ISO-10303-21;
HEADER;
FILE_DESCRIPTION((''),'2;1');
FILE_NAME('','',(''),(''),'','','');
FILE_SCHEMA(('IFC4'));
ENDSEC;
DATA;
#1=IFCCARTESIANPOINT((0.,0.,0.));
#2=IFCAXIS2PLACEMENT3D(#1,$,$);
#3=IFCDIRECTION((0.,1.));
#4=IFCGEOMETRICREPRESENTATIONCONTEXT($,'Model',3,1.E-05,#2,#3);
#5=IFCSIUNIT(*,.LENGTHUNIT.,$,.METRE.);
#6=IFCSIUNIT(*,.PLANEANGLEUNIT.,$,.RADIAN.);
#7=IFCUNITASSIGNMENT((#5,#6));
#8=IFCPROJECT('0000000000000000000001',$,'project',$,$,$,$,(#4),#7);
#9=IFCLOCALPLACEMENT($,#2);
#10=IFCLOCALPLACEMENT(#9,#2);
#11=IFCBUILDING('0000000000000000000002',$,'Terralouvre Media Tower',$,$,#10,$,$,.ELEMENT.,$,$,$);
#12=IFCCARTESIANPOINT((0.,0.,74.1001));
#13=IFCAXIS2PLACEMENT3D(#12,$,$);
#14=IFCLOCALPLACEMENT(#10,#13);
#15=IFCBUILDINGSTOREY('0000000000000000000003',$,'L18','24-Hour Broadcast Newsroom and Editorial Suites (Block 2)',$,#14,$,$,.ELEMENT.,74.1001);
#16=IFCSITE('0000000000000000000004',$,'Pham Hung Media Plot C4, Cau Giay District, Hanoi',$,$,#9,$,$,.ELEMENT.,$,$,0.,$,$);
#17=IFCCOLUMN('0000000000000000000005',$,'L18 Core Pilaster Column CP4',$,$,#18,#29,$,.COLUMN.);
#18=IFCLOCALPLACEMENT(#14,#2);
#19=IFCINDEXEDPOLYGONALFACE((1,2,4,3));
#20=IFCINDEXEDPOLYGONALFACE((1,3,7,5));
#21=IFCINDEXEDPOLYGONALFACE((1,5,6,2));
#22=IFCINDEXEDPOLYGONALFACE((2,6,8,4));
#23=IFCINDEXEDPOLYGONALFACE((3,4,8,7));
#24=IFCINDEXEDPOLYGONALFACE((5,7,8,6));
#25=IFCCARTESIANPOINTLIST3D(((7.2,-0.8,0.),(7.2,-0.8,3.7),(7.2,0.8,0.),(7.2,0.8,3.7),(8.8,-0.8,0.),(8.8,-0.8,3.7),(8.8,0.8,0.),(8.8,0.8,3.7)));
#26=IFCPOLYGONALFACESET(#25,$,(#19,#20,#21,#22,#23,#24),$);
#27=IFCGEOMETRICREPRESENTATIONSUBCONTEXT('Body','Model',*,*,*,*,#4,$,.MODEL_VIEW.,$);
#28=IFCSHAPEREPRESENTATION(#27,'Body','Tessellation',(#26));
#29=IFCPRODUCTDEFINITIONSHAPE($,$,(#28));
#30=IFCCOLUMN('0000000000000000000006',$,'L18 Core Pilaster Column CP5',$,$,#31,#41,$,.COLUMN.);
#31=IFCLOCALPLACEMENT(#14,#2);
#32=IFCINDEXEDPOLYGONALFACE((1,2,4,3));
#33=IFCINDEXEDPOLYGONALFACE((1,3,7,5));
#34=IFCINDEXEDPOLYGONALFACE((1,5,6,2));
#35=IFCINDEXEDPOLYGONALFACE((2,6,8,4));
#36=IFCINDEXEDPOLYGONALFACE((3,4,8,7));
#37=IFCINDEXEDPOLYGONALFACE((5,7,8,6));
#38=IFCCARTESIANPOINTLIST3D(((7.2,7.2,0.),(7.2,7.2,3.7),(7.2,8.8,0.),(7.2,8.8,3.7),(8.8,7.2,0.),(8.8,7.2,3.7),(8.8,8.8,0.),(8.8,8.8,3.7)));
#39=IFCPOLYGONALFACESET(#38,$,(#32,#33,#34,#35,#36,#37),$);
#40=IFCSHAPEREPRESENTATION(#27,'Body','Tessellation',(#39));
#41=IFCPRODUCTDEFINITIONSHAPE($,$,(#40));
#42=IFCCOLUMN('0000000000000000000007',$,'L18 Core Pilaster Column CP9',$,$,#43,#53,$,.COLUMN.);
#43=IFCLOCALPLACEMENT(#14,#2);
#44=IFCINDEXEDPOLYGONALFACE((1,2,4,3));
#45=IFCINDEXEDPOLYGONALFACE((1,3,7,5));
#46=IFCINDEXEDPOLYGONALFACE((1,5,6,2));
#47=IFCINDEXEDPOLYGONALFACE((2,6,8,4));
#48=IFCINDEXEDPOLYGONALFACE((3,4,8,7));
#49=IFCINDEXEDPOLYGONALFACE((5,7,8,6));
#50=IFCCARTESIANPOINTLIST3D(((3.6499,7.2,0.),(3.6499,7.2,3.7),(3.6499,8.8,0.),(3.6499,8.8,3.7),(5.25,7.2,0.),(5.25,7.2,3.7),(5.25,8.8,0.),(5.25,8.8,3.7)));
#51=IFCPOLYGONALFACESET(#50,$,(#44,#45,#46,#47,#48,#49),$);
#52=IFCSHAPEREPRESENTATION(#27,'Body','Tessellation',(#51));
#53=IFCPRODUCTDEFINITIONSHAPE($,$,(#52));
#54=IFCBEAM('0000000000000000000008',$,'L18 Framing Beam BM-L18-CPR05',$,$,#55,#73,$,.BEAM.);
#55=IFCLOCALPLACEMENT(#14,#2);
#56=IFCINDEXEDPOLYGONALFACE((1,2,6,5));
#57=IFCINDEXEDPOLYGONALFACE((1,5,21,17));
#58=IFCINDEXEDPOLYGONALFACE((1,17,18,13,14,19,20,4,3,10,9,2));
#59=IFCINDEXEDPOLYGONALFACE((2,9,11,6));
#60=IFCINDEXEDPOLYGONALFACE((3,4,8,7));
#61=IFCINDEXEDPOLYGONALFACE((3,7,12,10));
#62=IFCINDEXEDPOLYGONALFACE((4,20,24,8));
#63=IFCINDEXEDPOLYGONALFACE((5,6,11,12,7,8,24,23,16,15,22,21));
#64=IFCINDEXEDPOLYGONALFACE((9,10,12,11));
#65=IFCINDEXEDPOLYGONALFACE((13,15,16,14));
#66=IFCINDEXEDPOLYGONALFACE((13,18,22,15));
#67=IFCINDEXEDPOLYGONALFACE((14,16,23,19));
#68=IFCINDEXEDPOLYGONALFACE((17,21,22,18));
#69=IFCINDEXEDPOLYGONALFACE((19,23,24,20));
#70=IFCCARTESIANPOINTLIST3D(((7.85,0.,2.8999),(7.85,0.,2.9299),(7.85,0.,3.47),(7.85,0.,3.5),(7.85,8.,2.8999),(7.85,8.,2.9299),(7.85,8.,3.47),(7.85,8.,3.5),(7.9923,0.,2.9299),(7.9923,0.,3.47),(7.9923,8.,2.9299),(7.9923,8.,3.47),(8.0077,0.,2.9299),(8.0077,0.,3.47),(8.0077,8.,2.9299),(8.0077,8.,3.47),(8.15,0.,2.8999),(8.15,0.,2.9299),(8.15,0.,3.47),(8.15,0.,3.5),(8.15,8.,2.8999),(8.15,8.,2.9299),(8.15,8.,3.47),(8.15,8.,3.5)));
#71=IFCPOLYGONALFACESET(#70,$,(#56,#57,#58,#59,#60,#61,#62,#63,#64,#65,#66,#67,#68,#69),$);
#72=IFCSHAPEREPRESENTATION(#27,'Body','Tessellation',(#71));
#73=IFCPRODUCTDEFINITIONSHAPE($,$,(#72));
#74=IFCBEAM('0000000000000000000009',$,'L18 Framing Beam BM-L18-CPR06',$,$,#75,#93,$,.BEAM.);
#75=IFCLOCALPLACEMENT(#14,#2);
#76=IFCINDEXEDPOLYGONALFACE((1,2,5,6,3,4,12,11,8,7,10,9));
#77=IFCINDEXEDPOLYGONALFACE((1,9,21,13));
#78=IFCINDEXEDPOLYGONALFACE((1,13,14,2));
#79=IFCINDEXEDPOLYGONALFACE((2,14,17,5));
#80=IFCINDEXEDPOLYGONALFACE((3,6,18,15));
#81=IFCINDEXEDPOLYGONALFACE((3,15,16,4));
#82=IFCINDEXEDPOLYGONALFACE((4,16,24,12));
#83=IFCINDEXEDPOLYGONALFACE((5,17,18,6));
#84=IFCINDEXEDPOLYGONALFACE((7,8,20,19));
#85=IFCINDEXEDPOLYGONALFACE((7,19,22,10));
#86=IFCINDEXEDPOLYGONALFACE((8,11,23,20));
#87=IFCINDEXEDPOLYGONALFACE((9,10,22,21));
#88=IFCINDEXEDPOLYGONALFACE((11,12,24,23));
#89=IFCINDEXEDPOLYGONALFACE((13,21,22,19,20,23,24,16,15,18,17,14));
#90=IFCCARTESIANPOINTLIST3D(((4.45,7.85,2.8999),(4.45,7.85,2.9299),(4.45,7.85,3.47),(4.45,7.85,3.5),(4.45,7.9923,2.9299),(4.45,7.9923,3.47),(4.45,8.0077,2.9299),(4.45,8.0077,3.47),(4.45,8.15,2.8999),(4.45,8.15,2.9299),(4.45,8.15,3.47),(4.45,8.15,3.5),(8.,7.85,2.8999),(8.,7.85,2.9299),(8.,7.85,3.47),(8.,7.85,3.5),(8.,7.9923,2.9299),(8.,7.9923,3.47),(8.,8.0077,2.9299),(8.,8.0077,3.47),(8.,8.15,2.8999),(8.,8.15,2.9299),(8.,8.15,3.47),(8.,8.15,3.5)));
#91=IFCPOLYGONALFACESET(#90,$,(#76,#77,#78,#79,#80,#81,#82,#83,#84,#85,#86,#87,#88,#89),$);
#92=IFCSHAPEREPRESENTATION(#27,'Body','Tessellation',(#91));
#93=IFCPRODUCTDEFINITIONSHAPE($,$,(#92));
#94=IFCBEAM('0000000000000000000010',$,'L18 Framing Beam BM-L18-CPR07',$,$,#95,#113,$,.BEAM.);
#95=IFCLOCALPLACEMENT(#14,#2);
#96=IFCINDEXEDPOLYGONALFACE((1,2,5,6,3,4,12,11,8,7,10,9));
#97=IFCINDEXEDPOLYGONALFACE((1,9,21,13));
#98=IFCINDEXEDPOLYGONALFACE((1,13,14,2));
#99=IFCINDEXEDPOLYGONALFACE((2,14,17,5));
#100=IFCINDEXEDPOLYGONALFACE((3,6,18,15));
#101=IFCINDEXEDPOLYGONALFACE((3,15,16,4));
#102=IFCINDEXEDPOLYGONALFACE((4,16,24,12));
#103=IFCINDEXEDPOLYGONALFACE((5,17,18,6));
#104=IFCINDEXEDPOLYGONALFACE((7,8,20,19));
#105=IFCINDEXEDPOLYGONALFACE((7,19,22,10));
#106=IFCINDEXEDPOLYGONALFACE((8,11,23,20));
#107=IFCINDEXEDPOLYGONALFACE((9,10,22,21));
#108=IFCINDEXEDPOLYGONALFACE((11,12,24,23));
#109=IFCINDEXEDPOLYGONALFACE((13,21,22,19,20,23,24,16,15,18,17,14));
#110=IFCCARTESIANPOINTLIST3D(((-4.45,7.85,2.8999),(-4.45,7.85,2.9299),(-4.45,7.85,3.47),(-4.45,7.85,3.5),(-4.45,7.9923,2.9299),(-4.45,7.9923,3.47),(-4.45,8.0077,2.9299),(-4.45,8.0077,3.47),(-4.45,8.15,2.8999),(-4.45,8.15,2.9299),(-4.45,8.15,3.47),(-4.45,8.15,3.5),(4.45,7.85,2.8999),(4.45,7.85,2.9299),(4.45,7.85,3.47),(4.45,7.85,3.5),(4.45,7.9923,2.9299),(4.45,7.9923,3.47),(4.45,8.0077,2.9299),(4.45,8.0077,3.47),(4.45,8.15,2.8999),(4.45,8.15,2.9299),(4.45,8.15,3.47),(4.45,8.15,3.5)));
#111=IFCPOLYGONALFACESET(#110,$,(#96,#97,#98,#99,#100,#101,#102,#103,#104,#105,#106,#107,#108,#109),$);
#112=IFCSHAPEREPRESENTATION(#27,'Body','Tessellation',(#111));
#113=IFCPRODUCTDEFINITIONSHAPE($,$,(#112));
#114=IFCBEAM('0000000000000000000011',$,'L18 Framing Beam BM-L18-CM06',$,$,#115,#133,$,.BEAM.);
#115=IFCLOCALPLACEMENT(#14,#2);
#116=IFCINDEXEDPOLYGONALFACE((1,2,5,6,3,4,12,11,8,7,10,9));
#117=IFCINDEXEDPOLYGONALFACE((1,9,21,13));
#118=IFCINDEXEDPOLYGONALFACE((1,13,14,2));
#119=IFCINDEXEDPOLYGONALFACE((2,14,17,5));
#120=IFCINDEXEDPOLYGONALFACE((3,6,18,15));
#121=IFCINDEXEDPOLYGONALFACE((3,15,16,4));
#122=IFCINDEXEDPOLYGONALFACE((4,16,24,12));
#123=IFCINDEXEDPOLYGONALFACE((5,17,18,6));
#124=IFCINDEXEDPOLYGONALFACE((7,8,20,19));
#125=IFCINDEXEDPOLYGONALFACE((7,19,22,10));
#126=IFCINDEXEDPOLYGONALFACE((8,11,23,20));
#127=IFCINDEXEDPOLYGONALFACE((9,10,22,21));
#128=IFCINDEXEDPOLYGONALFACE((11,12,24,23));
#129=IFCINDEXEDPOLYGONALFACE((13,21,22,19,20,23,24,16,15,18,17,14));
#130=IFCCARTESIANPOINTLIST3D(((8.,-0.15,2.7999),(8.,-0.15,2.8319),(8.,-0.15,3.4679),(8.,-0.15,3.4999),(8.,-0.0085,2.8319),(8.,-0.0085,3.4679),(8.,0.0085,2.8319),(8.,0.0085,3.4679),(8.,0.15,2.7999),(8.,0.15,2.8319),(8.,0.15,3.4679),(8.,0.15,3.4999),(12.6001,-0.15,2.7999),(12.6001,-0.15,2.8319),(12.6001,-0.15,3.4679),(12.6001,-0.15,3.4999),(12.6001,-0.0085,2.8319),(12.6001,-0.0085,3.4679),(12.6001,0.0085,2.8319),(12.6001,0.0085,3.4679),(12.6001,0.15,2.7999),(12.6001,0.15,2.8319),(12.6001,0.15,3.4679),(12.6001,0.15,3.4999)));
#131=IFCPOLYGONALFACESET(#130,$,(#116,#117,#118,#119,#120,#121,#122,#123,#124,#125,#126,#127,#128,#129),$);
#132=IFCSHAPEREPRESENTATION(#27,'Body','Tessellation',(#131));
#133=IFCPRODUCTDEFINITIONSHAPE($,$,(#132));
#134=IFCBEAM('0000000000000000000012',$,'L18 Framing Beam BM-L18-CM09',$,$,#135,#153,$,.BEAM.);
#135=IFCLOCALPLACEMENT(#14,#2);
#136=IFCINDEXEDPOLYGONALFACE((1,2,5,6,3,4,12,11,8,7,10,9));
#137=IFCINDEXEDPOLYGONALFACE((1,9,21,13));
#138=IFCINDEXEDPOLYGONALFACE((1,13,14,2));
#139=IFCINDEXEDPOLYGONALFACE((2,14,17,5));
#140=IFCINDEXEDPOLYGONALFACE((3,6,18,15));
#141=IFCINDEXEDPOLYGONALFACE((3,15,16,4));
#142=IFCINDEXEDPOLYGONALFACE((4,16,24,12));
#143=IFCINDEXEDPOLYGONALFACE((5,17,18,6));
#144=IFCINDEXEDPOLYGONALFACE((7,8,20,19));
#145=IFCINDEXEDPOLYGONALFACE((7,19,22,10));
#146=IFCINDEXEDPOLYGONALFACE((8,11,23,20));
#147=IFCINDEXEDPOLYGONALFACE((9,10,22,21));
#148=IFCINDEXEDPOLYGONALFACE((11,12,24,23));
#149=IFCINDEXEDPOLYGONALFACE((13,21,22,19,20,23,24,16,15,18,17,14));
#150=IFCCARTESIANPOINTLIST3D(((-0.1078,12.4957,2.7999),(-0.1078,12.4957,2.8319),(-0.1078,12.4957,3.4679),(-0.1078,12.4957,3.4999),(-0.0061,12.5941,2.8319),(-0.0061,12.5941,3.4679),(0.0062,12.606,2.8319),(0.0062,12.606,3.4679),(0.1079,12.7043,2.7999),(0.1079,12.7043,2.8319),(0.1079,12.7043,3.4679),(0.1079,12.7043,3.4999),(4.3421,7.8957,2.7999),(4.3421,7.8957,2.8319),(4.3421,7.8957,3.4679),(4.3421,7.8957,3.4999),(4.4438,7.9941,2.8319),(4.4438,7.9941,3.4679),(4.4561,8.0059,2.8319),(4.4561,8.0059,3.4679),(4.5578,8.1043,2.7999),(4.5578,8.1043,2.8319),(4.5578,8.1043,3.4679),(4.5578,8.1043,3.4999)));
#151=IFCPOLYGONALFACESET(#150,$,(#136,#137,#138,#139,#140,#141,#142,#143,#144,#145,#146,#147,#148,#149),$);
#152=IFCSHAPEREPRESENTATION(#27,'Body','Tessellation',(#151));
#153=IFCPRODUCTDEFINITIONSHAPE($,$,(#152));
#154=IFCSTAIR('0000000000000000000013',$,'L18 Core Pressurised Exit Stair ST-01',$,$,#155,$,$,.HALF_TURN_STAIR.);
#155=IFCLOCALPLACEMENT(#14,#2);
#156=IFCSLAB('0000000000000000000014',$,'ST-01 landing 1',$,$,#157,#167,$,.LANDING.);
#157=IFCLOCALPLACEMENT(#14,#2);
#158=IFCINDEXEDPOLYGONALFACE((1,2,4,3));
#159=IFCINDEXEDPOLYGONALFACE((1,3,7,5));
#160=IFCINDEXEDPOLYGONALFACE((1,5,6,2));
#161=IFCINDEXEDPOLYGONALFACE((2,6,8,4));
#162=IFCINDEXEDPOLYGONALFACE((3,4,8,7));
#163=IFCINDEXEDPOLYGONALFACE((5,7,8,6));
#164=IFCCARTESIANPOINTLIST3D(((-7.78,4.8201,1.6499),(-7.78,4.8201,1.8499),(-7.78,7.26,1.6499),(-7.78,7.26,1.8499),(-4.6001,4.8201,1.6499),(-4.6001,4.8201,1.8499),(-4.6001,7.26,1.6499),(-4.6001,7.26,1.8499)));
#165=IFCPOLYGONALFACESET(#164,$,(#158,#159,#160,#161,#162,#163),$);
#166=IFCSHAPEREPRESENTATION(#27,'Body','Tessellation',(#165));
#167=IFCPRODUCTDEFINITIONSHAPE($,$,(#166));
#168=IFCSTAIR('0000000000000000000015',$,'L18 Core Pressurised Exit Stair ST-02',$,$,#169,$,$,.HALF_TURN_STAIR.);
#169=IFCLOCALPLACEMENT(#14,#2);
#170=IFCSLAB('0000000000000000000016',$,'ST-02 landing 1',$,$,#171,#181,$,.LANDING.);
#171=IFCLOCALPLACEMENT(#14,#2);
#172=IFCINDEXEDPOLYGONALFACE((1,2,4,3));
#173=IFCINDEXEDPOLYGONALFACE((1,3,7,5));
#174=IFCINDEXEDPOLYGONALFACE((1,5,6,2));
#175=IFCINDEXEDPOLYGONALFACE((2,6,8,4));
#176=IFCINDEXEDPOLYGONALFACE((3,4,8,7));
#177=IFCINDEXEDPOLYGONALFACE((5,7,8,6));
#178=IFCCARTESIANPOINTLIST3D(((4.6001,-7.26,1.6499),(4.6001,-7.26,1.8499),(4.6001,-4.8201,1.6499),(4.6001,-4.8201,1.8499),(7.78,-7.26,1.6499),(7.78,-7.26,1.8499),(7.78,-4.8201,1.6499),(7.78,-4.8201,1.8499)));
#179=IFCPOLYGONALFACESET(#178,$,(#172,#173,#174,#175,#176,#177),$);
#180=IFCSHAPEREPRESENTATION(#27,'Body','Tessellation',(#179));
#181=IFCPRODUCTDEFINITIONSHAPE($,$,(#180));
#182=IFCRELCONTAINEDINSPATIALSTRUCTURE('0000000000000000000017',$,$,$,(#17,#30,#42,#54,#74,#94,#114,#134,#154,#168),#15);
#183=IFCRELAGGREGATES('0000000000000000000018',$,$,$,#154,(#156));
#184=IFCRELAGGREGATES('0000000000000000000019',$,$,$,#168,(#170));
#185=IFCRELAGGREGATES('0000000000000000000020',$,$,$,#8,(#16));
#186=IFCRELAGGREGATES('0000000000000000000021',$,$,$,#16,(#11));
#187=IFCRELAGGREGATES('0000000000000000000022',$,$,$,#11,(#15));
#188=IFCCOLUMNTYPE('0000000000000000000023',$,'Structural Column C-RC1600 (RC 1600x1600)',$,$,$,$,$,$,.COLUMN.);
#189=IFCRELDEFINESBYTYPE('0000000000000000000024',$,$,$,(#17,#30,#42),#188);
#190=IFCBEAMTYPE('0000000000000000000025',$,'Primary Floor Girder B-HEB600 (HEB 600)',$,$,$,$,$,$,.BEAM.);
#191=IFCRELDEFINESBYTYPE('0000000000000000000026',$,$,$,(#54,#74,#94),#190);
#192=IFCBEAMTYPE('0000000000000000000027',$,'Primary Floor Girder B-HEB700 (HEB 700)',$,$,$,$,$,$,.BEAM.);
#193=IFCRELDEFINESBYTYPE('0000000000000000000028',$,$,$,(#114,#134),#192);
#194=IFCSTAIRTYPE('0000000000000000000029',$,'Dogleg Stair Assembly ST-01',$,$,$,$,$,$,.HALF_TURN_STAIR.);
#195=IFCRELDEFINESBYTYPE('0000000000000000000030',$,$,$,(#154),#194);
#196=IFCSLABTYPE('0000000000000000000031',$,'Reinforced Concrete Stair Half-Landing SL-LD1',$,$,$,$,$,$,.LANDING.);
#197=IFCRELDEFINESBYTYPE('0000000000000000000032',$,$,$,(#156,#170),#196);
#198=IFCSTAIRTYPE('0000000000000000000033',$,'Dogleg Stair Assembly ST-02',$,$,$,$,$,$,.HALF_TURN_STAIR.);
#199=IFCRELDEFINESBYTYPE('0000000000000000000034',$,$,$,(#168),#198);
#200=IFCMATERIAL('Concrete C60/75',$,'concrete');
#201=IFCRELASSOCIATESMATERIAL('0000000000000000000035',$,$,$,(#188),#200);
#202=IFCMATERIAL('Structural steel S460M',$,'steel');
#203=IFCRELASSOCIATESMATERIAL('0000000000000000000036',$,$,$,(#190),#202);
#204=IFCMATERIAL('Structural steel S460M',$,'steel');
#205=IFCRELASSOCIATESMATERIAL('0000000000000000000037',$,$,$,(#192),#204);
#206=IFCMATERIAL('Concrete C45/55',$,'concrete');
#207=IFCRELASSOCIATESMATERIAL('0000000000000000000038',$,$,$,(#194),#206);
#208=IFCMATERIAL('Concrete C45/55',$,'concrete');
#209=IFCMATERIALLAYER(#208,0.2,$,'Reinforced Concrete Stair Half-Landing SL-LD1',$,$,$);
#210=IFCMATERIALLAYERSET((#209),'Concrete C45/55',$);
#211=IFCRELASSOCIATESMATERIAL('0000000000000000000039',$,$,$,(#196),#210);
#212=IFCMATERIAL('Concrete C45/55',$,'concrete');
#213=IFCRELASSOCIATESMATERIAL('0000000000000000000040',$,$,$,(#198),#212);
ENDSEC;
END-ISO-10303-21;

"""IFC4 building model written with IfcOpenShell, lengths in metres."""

from ifc_helpers import new_model, si_unit, direction, frame, origin, origin_2d, place, context, subcontext, project, spatial, polyline, rectangle, i_section, outline, extrude, material, layer, layer_set, material_profile, profile_set, type_object, element, aggregate, save


model = new_model("IFC4")

# Units and contexts
model_context = context("Model", 3, precision=1e-05, world=origin(), true_north=direction((0.0, 1.0)))
body_context = subcontext(model_context, "Body", "Model", "MODEL_VIEW")
ifc_project = project(units=[si_unit("LENGTHUNIT", "METRE"), si_unit("PLANEANGLEUNIT", "RADIAN")], contexts=[model_context])

# Site, building, storey
site_placement = place(None, origin())
site = spatial("IfcSite", under=ifc_project, at=site_placement, Name="Pham Hung Media Plot C4, Cau Giay District, Hanoi", CompositionType="ELEMENT", RefElevation=0.0)
building_placement = place(site_placement, origin())
building = spatial("IfcBuilding", under=site, at=building_placement, Name="Terralouvre Media Tower", CompositionType="ELEMENT")
storey_placement = place(building_placement, frame((0.0, 0.0, 74.1001)))
storey = spatial("IfcBuildingStorey", under=building, at=storey_placement, Name="L18", Description="24-Hour Broadcast Newsroom and Editorial Suites (Block 2)", CompositionType="ELEMENT", Elevation=74.1001)

# Columns
ifc_material_1 = material(Name="Concrete C60/75", Category="concrete")
ifc_material_profile_1 = material_profile(ifc_material_1, rectangle(XDim=1.6001, YDim=1.6001, at=origin_2d()), Name="RC 1600x1600")
ifc_profile_set_1 = profile_set([ifc_material_profile_1], Name="Concrete C60/75")
column_type = type_object("IfcColumnType", Name="Structural Column C-RC1600 (RC 1600x1600)", PredefinedType="COLUMN", material=ifc_profile_set_1)
for number, where, z_axis, x_axis, name in (
    (1, (8.0, 0.0, 0.0), (0.0, 0.0, 1.0), (1.0, 0.0, 0.0), "L18 Core Pilaster Column CP4"),
    (2, (8.0, 8.0, 0.0), (0.0, 0.0, 1.0), (1.0, 0.0, 0.0), "L18 Core Pilaster Column CP5"),
    (3, (4.45, 8.0, 0.0), (0.0, 0.0, 1.0), (1.0, 0.0, 0.0), "L18 Core Pilaster Column CP9"),
):
    element("IfcColumn", number, at=place(storey_placement, frame(where, z_axis=z_axis, x_axis=x_axis)), inside=storey, type_object=column_type, Name=name, PredefinedType="COLUMN", context=body_context, shape_type="SweptSolid", body=[
        extrude(rectangle(XDim=1.6001, YDim=1.6001, at=origin_2d()), origin(), (0.0, 0.0, 1.0), 3.7),
    ])

# Beams
ifc_material_2 = material(Name="Structural steel S460M", Category="steel")
ifc_material_profile_2 = material_profile(ifc_material_2, i_section(OverallWidth=0.3, OverallDepth=0.6001, WebThickness=0.0154, FlangeThickness=0.03, at=origin_2d()), Name="HEB 600")
ifc_profile_set_2 = profile_set([ifc_material_profile_2], Name="Structural steel S460M")
beam_type_1 = type_object("IfcBeamType", Name="Primary Floor Girder B-HEB600 (HEB 600)", PredefinedType="BEAM", material=ifc_profile_set_2)
beam_1_placement = place(storey_placement, frame((8.0, 0.0, 3.2), z_axis=(0.0, 1.0, 0.0), x_axis=(-1.0, 0.0, 0.0)))
element("IfcBeam", 4, at=beam_1_placement, inside=storey, type_object=beam_type_1, Name="L18 Framing Beam BM-L18-CPR05", PredefinedType="BEAM", context=body_context, shape_type="SweptSolid", body=[
    extrude(i_section(OverallWidth=0.3, OverallDepth=0.6001, WebThickness=0.0154, FlangeThickness=0.03, at=origin_2d()), origin(), (0.0, 0.0, 1.0), 8.0),
])
beam_2_placement = place(storey_placement, frame((8.0, 8.0, 3.2), z_axis=(-1.0, 0.0, 0.0), x_axis=(0.0, -1.0, 0.0)))
element("IfcBeam", 5, at=beam_2_placement, inside=storey, type_object=beam_type_1, Name="L18 Framing Beam BM-L18-CPR06", PredefinedType="BEAM", context=body_context, shape_type="SweptSolid", body=[
    extrude(i_section(OverallWidth=0.3, OverallDepth=0.6001, WebThickness=0.0154, FlangeThickness=0.03, at=origin_2d()), origin(), (0.0, 0.0, 1.0), 3.55),
])
beam_3_placement = place(storey_placement, frame((4.45, 8.0, 3.2), z_axis=(-1.0, 0.0, 0.0), x_axis=(0.0, -1.0, 0.0)))
element("IfcBeam", 6, at=beam_3_placement, inside=storey, type_object=beam_type_1, Name="L18 Framing Beam BM-L18-CPR07", PredefinedType="BEAM", context=body_context, shape_type="SweptSolid", body=[
    extrude(i_section(OverallWidth=0.3, OverallDepth=0.6001, WebThickness=0.0154, FlangeThickness=0.03, at=origin_2d()), origin(), (0.0, 0.0, 1.0), 8.8999),
])
ifc_material_3 = material(Name="Structural steel S460M", Category="steel")
ifc_material_profile_3 = material_profile(ifc_material_3, i_section(OverallWidth=0.3, OverallDepth=0.7, WebThickness=0.0171, FlangeThickness=0.032, at=origin_2d()), Name="HEB 700")
ifc_profile_set_3 = profile_set([ifc_material_profile_3], Name="Structural steel S460M")
beam_type_2 = type_object("IfcBeamType", Name="Primary Floor Girder B-HEB700 (HEB 700)", PredefinedType="BEAM", material=ifc_profile_set_3)
beam_4_placement = place(storey_placement, frame((8.0, 0.0, 3.1499), z_axis=(1.0, 0.0, 0.0), x_axis=(0.0, 1.0, 0.0)))
element("IfcBeam", 7, at=beam_4_placement, inside=storey, type_object=beam_type_2, Name="L18 Framing Beam BM-L18-CM06", PredefinedType="BEAM", context=body_context, shape_type="SweptSolid", body=[
    extrude(i_section(OverallWidth=0.3, OverallDepth=0.7, WebThickness=0.0171, FlangeThickness=0.032, at=origin_2d()), origin(), (0.0, 0.0, 1.0), 4.6001),
])
beam_5_placement = place(storey_placement, frame((4.45, 8.0, 3.1499), z_axis=(-0.69528, 0.718739, 0.0), x_axis=(-0.718739, -0.69528, 0.0)))
element("IfcBeam", 8, at=beam_5_placement, inside=storey, type_object=beam_type_2, Name="L18 Framing Beam BM-L18-CM09", PredefinedType="BEAM", context=body_context, shape_type="SweptSolid", body=[
    extrude(i_section(OverallWidth=0.3, OverallDepth=0.7, WebThickness=0.0171, FlangeThickness=0.032, at=origin_2d()), origin(), (0.0, 0.0, 1.0), 6.4001),
])

# Stairs, slabs
ifc_material_4 = material(Name="Concrete C45/55", Category="concrete")
stair_type_1 = type_object("IfcStairType", Name="Dogleg Stair Assembly ST-01", PredefinedType="HALF_TURN_STAIR", material=ifc_material_4)
stair_1_placement = place(storey_placement, origin())
stair_1 = element("IfcStair", 9, at=stair_1_placement, inside=storey, type_object=stair_type_1, Name="L18 Core Pressurised Exit Stair ST-01", PredefinedType="HALF_TURN_STAIR")
ifc_material_5 = material(Name="Concrete C45/55", Category="concrete")
ifc_layer_1 = layer(ifc_material_5, 0.2, Name="Reinforced Concrete Stair Half-Landing SL-LD1")
ifc_layer_set_1 = layer_set([ifc_layer_1], Name="Concrete C45/55")
slab_type_1 = type_object("IfcSlabType", Name="Reinforced Concrete Stair Half-Landing SL-LD1", PredefinedType="LANDING", material=ifc_layer_set_1)
slab_1_placement = place(storey_placement, frame((0.0, 0.0, 1.6499)))
slab_1 = element("IfcSlab", 10, at=slab_1_placement, type_object=slab_type_1, Name="ST-01 landing 1", PredefinedType="LANDING", context=body_context, shape_type="SweptSolid", body=[
    extrude(outline(polyline([(-4.6001, 4.8201), (-4.6001, 7.26), (-7.78, 7.26), (-7.78, 4.8201), (-4.6001, 4.8201)])), origin(), (0.0, 0.0, 1.0), 0.2),
])
aggregate(stair_1, [slab_1])
ifc_material_6 = material(Name="Concrete C45/55", Category="concrete")
stair_type_2 = type_object("IfcStairType", Name="Dogleg Stair Assembly ST-02", PredefinedType="HALF_TURN_STAIR", material=ifc_material_6)
stair_2_placement = place(storey_placement, origin())
stair_2 = element("IfcStair", 11, at=stair_2_placement, inside=storey, type_object=stair_type_2, Name="L18 Core Pressurised Exit Stair ST-02", PredefinedType="HALF_TURN_STAIR")
slab_2_placement = place(storey_placement, frame((0.0, 0.0, 1.6499)))
slab_2 = element("IfcSlab", 12, at=slab_2_placement, type_object=slab_type_1, Name="ST-02 landing 1", PredefinedType="LANDING", context=body_context, shape_type="SweptSolid", body=[
    extrude(outline(polyline([(4.6001, -4.8201), (4.6001, -7.26), (7.78, -7.26), (7.78, -4.8201), (4.6001, -4.8201)])), origin(), (0.0, 0.0, 1.0), 0.2),
])
aggregate(stair_2, [slab_2])

save(model, "model.ifc")
